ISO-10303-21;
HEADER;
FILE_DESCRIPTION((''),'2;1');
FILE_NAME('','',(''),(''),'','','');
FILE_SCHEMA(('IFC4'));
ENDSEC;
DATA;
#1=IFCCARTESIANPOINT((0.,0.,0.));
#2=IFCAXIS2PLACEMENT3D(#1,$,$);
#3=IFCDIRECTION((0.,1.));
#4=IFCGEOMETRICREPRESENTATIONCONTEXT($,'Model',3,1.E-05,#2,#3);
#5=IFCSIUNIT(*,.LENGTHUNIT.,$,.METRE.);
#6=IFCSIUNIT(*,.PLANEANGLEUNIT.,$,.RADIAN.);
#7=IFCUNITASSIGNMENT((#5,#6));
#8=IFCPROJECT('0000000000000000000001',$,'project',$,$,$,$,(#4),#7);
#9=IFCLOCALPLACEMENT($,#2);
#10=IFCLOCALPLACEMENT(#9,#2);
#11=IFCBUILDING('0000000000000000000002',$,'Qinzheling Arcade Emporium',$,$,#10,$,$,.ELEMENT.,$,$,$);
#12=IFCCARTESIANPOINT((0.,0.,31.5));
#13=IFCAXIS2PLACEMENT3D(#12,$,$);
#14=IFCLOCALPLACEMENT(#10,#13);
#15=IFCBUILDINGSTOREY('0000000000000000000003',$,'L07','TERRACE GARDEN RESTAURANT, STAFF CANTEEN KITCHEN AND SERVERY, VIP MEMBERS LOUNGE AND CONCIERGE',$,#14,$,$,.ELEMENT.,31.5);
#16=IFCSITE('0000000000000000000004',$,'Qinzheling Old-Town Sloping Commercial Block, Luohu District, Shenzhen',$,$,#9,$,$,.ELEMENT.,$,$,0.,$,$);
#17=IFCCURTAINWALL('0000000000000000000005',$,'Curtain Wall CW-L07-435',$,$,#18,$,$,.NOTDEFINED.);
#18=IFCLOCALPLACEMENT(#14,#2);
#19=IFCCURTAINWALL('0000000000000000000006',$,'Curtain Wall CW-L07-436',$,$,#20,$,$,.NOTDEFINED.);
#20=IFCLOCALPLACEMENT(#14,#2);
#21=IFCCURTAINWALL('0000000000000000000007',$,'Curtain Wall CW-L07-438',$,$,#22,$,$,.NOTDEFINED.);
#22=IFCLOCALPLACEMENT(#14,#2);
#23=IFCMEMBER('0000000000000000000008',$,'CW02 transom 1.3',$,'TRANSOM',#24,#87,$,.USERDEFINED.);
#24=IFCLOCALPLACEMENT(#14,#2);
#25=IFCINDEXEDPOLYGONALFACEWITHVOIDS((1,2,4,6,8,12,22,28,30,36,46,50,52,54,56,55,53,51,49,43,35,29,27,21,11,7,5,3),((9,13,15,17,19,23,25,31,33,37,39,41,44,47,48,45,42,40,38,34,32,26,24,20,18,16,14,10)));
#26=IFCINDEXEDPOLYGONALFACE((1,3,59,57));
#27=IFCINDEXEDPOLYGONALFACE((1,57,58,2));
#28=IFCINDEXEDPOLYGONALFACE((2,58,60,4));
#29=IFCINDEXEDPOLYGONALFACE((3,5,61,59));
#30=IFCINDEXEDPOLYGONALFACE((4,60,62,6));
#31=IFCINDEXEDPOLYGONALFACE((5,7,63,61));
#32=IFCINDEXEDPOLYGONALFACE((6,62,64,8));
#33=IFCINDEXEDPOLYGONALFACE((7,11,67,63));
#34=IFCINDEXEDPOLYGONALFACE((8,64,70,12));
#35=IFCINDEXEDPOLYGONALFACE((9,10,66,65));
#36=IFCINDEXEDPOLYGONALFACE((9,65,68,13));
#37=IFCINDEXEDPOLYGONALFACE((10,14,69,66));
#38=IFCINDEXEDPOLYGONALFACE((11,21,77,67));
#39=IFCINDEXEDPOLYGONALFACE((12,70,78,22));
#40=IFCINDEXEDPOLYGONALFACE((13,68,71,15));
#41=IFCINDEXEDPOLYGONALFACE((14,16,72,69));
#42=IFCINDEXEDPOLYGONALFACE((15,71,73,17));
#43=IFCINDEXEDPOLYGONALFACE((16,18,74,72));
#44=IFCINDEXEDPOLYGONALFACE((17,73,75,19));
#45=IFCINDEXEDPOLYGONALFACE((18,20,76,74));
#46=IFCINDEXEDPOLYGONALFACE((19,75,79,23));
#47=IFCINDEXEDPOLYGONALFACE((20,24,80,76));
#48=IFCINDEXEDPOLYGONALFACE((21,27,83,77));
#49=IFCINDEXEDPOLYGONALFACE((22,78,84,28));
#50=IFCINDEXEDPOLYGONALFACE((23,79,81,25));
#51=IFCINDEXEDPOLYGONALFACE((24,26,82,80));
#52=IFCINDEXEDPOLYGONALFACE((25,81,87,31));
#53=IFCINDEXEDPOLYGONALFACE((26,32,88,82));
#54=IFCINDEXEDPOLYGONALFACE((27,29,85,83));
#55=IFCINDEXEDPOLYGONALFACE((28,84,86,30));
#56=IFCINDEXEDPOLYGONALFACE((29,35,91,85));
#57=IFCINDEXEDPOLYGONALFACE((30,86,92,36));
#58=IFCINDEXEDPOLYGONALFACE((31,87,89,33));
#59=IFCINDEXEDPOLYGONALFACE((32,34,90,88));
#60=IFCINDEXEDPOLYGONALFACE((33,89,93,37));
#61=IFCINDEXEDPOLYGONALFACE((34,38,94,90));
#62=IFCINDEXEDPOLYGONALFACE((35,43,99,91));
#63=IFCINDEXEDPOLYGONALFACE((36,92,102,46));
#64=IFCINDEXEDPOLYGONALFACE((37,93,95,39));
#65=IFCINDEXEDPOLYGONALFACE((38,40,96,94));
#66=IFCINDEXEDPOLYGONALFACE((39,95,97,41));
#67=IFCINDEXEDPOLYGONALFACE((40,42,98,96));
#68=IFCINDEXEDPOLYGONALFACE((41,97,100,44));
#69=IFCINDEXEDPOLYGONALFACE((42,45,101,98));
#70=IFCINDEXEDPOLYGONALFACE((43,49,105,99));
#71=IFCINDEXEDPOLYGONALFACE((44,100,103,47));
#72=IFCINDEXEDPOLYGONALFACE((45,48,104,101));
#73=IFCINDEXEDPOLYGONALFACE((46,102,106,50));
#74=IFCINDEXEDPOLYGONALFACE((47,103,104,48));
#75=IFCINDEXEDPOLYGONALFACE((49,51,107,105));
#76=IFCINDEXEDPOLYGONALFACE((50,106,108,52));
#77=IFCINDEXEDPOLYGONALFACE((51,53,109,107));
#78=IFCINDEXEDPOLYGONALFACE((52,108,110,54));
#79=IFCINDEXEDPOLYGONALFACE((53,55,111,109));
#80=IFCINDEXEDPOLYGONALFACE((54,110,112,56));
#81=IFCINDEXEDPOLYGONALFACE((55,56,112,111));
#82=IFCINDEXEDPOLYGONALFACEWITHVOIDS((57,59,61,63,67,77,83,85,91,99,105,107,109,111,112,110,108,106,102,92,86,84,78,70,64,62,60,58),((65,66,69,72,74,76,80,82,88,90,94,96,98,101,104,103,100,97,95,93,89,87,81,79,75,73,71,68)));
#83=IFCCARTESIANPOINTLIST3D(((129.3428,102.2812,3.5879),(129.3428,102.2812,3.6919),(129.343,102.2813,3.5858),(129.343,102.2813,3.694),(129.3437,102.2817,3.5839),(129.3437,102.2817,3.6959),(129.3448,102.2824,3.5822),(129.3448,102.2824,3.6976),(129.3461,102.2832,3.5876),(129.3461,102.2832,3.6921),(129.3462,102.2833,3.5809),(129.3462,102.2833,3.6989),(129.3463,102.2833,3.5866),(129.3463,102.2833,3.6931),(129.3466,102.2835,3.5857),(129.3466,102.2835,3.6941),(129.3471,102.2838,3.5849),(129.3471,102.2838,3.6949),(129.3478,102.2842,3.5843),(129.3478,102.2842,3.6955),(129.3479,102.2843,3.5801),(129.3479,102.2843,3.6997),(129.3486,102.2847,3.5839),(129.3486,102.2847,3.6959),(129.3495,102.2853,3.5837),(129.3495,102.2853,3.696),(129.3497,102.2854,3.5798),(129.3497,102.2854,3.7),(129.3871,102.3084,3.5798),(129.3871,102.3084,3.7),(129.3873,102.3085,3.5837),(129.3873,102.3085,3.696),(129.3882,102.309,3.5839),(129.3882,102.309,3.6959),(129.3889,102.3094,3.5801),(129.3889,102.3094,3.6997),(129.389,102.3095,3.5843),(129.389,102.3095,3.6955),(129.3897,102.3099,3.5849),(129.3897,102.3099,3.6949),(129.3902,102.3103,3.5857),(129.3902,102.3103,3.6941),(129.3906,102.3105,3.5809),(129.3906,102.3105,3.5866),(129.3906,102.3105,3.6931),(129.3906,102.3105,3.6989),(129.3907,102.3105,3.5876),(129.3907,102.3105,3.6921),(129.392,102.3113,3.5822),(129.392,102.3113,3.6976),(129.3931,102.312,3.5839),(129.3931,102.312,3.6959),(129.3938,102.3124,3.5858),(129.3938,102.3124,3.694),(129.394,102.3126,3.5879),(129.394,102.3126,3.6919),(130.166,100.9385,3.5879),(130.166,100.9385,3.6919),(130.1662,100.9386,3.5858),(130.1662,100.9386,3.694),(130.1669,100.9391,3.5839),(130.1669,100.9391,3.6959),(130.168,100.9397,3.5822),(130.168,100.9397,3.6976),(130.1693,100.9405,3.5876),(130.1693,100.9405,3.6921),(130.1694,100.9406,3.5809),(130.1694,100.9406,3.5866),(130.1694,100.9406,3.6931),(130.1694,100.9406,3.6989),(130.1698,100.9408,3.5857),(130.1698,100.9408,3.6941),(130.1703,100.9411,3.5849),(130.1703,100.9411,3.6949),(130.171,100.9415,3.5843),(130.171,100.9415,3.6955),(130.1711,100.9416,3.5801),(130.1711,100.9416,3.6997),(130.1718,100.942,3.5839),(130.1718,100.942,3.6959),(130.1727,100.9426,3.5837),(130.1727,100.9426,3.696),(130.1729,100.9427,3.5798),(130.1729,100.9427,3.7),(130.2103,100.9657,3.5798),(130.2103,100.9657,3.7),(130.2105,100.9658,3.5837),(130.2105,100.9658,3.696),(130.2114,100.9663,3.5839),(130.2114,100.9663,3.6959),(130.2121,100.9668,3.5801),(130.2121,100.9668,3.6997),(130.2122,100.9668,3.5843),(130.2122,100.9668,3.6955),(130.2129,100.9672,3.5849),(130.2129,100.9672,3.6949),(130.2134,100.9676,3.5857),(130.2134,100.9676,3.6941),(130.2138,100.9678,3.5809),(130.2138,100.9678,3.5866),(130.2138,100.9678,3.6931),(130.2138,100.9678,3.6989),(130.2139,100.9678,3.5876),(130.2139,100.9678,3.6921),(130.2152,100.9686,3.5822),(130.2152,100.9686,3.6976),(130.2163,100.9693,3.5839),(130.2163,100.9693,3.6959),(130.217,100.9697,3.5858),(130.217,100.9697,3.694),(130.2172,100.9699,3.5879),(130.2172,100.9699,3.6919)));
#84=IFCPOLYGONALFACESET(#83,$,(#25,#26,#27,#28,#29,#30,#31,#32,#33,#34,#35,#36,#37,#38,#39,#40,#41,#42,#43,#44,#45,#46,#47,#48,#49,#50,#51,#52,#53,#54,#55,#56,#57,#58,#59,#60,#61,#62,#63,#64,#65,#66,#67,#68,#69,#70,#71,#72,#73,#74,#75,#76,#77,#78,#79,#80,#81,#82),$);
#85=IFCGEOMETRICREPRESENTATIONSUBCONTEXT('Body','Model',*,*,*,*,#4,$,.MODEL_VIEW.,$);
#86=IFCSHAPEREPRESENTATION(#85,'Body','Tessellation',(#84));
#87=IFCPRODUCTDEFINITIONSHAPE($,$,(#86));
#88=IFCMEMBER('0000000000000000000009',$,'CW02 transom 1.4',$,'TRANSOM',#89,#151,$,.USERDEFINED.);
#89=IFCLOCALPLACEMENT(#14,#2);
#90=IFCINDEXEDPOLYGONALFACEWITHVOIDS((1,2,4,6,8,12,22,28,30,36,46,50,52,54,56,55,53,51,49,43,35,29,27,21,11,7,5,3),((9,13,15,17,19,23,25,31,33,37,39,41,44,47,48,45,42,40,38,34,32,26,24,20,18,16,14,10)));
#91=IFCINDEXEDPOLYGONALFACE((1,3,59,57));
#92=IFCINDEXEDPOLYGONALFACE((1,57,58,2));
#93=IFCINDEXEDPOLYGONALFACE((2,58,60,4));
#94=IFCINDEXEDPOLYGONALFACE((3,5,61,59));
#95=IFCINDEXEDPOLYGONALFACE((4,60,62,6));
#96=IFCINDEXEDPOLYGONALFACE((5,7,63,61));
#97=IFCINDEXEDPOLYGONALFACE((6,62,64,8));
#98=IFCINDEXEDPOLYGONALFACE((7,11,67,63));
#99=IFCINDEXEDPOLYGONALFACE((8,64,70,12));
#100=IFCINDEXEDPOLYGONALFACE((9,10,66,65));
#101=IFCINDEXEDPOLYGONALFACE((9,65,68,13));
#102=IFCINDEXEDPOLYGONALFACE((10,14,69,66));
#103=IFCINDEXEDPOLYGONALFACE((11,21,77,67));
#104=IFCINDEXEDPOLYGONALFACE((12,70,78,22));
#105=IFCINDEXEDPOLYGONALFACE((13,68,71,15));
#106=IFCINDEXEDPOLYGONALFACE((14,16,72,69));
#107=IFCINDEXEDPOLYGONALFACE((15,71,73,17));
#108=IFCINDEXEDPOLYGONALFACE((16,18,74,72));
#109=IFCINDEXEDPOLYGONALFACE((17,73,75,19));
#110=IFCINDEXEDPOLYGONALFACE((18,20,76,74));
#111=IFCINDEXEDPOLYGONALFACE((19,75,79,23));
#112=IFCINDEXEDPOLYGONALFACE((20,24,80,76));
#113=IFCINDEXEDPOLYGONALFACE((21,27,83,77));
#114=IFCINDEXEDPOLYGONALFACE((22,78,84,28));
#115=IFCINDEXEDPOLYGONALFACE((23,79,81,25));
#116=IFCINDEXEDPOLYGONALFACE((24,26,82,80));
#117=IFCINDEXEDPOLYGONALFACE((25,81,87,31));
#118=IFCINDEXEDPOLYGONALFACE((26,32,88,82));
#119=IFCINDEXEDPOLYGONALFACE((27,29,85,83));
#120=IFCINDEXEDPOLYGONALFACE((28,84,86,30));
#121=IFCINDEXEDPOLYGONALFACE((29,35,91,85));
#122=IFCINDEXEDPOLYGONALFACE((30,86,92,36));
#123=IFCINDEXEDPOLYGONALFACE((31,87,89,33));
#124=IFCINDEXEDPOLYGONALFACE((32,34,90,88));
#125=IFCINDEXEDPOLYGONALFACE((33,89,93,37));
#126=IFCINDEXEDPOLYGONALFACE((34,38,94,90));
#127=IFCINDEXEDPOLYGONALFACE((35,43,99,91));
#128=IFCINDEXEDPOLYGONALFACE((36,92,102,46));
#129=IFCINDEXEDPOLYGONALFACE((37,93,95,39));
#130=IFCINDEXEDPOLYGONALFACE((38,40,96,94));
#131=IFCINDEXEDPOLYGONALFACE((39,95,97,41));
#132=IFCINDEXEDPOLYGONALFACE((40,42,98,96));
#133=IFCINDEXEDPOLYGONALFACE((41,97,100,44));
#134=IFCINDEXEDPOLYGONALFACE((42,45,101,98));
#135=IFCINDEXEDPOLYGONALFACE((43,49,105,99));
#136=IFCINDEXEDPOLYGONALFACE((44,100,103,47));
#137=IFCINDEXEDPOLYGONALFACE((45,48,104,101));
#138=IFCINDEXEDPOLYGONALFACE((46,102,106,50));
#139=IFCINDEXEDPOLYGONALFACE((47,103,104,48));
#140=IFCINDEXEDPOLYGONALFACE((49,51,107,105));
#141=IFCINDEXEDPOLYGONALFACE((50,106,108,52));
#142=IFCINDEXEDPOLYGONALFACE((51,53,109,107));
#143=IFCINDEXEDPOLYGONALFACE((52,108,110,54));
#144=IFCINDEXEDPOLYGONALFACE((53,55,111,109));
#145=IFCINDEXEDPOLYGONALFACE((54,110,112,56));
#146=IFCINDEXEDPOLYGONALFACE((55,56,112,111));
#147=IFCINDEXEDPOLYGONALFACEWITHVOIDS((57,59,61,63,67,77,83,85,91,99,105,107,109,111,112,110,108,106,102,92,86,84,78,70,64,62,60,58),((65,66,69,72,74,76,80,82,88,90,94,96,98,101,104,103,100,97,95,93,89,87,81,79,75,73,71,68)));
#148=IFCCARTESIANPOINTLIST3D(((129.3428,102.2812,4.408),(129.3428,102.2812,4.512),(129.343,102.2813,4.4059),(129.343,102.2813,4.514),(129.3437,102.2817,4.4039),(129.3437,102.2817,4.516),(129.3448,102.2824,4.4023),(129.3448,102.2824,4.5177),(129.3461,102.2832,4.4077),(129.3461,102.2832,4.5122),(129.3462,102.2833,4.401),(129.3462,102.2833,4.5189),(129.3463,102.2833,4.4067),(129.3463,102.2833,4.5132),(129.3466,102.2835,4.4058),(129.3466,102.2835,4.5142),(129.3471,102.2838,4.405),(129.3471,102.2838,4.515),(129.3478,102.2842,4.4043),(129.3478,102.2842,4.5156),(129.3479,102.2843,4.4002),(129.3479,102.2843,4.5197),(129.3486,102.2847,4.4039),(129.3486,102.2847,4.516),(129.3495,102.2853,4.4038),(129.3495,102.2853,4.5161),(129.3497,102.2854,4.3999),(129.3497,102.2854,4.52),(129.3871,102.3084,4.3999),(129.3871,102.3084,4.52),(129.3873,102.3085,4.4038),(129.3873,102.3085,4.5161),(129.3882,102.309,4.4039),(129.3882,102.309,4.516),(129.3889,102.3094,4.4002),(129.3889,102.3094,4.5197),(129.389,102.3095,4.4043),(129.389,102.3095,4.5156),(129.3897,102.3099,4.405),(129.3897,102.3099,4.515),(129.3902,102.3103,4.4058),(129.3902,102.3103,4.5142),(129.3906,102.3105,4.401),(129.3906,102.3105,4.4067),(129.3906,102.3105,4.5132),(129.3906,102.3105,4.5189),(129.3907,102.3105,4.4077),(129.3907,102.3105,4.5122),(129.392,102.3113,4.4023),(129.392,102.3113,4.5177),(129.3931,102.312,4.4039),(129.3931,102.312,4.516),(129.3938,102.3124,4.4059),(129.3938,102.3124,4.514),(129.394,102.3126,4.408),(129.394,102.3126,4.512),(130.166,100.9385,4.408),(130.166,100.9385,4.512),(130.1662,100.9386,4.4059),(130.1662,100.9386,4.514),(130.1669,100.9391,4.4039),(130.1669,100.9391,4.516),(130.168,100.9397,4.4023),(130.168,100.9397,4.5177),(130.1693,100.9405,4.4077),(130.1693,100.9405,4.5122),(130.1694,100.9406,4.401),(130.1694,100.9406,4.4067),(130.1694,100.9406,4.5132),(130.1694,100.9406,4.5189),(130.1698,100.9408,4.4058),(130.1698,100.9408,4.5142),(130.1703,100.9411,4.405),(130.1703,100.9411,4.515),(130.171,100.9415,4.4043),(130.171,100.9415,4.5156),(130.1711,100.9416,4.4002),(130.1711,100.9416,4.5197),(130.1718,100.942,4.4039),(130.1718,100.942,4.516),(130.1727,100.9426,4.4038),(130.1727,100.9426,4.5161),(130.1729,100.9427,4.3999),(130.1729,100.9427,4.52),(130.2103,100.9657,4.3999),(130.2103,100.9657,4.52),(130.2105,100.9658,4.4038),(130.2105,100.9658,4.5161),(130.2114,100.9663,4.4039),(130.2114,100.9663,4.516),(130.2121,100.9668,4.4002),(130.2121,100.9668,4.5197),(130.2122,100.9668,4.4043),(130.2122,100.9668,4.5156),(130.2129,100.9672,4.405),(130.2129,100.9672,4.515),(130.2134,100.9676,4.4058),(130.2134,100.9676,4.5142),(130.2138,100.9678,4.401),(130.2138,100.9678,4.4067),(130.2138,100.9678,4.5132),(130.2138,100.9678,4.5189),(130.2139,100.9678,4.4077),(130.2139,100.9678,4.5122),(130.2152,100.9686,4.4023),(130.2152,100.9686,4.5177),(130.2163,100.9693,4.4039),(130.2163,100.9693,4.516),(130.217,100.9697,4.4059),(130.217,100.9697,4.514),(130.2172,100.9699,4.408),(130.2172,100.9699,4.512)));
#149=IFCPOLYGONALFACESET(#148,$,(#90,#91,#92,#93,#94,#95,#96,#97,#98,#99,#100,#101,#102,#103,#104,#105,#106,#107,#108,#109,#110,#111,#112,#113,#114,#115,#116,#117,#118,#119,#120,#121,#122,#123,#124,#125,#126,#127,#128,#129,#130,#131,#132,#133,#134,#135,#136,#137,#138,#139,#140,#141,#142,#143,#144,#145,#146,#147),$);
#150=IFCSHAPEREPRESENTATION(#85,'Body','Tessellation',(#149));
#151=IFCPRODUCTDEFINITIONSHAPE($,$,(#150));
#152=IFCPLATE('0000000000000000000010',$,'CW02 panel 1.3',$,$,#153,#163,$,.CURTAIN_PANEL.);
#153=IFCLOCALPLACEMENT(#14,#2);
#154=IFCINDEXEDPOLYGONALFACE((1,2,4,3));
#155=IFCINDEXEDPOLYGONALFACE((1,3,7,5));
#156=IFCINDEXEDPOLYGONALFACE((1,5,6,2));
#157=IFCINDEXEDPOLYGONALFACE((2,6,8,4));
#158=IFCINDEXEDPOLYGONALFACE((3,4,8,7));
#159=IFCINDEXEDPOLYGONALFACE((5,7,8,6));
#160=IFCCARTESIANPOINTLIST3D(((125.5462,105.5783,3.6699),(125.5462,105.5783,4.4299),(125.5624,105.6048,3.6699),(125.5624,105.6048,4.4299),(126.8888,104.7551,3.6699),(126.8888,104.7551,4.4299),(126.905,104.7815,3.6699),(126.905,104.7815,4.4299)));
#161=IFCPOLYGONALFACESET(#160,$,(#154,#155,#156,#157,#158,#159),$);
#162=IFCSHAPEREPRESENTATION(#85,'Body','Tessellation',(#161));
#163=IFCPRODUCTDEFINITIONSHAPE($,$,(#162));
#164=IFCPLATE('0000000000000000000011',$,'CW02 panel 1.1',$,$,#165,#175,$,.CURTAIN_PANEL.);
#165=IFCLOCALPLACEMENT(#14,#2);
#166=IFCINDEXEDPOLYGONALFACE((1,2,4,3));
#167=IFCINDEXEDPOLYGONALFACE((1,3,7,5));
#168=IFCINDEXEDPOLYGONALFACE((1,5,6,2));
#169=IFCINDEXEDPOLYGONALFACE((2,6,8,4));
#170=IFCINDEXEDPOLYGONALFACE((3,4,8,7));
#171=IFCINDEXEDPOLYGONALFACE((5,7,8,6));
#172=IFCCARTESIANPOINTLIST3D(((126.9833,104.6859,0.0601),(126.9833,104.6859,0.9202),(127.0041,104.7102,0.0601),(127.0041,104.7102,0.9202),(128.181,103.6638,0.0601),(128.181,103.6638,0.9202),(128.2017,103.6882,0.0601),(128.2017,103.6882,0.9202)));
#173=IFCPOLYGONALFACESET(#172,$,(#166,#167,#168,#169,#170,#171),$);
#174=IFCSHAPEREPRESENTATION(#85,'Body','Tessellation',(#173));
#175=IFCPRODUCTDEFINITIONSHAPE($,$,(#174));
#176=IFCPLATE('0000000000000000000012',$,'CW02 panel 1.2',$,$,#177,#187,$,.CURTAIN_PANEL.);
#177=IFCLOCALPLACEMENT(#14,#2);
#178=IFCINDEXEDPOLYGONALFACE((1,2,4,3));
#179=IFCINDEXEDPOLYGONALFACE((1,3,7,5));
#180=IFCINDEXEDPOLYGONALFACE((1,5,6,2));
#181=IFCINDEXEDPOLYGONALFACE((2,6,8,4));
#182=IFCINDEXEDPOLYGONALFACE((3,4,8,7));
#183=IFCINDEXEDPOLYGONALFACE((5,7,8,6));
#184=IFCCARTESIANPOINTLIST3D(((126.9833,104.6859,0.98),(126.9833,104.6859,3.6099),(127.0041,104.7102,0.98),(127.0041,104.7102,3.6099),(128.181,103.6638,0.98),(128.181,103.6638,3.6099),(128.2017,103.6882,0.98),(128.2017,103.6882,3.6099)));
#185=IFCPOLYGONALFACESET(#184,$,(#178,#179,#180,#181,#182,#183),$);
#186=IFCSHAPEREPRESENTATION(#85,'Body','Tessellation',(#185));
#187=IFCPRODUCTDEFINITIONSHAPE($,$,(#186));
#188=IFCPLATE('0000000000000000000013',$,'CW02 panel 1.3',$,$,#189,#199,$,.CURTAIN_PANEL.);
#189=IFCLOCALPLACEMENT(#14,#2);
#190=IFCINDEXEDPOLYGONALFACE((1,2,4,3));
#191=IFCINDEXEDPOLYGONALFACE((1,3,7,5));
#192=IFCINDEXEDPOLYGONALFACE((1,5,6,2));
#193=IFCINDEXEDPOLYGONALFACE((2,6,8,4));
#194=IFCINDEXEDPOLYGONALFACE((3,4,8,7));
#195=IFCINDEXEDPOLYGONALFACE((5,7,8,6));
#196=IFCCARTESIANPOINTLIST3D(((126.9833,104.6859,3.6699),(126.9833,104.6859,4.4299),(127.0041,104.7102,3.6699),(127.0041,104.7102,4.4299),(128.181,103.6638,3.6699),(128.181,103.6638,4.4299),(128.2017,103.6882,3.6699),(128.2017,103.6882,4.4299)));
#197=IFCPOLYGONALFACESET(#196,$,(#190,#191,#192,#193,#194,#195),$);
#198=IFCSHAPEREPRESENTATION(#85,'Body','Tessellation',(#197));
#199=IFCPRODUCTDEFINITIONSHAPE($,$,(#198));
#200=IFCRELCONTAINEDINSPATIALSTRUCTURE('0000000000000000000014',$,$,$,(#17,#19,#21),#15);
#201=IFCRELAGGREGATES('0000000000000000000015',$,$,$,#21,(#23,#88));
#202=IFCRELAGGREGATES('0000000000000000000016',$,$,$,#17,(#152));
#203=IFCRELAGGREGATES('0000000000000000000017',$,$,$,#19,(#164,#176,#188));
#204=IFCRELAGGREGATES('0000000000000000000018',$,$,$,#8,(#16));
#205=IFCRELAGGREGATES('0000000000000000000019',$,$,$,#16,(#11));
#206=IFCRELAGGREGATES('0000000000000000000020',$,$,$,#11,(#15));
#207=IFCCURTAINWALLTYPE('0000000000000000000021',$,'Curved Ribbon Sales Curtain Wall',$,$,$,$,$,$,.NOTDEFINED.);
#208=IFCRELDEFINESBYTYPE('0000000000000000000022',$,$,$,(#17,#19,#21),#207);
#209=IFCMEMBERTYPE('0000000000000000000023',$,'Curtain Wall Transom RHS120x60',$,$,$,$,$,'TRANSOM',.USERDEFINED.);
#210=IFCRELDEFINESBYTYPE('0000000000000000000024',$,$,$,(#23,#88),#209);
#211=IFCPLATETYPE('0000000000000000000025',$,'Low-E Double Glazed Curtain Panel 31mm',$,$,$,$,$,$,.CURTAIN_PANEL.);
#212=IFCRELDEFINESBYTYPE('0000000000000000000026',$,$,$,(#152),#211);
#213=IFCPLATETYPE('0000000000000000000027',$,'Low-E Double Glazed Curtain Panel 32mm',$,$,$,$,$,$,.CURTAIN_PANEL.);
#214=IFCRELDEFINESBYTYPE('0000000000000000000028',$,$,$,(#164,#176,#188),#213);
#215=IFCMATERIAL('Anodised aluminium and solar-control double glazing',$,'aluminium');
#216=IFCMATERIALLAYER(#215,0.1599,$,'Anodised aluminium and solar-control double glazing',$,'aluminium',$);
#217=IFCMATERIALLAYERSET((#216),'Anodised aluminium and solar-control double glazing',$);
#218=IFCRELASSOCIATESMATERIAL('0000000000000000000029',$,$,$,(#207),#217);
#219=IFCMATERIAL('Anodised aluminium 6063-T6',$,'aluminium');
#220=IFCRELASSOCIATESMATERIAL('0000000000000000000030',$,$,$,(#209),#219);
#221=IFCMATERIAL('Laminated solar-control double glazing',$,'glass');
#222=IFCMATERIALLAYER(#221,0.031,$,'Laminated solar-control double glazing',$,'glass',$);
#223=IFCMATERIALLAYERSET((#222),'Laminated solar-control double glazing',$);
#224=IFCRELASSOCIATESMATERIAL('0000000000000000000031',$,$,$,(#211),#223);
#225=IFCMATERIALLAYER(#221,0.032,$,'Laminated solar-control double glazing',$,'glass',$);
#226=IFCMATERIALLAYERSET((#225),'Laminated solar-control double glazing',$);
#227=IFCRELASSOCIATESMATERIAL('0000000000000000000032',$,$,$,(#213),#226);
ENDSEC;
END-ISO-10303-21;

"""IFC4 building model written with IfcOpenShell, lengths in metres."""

from ifc_helpers import new_model, si_unit, direction, frame, origin, origin_2d, place, context, subcontext, project, spatial, rectangle, hollow_rectangle, extrude, material, layer, layer_set, material_profile, profile_set, type_object, element, aggregate, save


model = new_model("IFC4")

# Units and contexts
model_context = context("Model", 3, precision=1e-05, world=origin(), true_north=direction((0.0, 1.0)))
body_context = subcontext(model_context, "Body", "Model", "MODEL_VIEW")
ifc_project = project(units=[si_unit("LENGTHUNIT", "METRE"), si_unit("PLANEANGLEUNIT", "RADIAN")], contexts=[model_context])

# Site, building, storey
site_placement = place(None, origin())
site = spatial("IfcSite", under=ifc_project, at=site_placement, Name="Qinzheling Old-Town Sloping Commercial Block, Luohu District, Shenzhen", CompositionType="ELEMENT", RefElevation=0.0)
building_placement = place(site_placement, origin())
building = spatial("IfcBuilding", under=site, at=building_placement, Name="Qinzheling Arcade Emporium", CompositionType="ELEMENT")
storey_placement = place(building_placement, frame((0.0, 0.0, 31.5)))
storey = spatial("IfcBuildingStorey", under=building, at=storey_placement, Name="L07", Description="TERRACE GARDEN RESTAURANT, STAFF CANTEEN KITCHEN AND SERVERY, VIP MEMBERS LOUNGE AND CONCIERGE", CompositionType="ELEMENT", Elevation=31.5)

# Curtain wall
ifc_material_1 = material(Name="Anodised aluminium and solar-control double glazing", Category="aluminium")
ifc_layer_1 = layer(ifc_material_1, 0.1599, Name="Anodised aluminium and solar-control double glazing", Category="aluminium")
ifc_layer_set_1 = layer_set([ifc_layer_1], Name="Anodised aluminium and solar-control double glazing")
curtain_wall_type = type_object("IfcCurtainWallType", Name="Curved Ribbon Sales Curtain Wall", PredefinedType="NOTDEFINED", material=ifc_layer_set_1)
curtain_wall_1_placement = place(storey_placement, origin())
curtain_wall_1 = element("IfcCurtainWall", 1, at=curtain_wall_1_placement, inside=storey, type_object=curtain_wall_type, Name="Curtain Wall CW-L07-435", PredefinedType="NOTDEFINED")
ifc_material_2 = material(Name="Anodised aluminium 6063-T6", Category="aluminium")

# Curtain wall
curtain_wall_2_placement = place(storey_placement, origin())
curtain_wall_2 = element("IfcCurtainWall", 2, at=curtain_wall_2_placement, inside=storey, type_object=curtain_wall_type, Name="Curtain Wall CW-L07-436", PredefinedType="NOTDEFINED")

# Curtain wall
curtain_wall_3_placement = place(storey_placement, origin())
curtain_wall_3 = element("IfcCurtainWall", 3, at=curtain_wall_3_placement, inside=storey, type_object=curtain_wall_type, Name="Curtain Wall CW-L07-438", PredefinedType="NOTDEFINED")

# Members
ifc_material_profile_1 = material_profile(ifc_material_2, hollow_rectangle(XDim=0.0601, YDim=0.1201, WallThickness=0.0039, InnerFilletRadius=0.0039, OuterFilletRadius=0.0081, at=origin_2d()), Name="RHS 120x60x4", Category="aluminium")
ifc_profile_set_1 = profile_set([ifc_material_profile_1], Name="Anodised aluminium 6063-T6")
member_type_1 = type_object("IfcMemberType", Name="Curtain Wall Transom RHS120x60", ElementType="TRANSOM", PredefinedType="USERDEFINED", material=ifc_profile_set_1)
member_1_placement = place(storey_placement, frame((129.3684, 102.2969, 3.6399), z_axis=(0.522678, -0.85253, 0.0), x_axis=(0.85253, 0.522678, 0.0)))
member_1 = element("IfcMember", 4, at=member_1_placement, type_object=member_type_1, Name="CW02 transom 1.3", ObjectType="TRANSOM", PredefinedType="USERDEFINED", context=body_context, shape_type="SweptSolid", body=[
    extrude(hollow_rectangle(XDim=0.0601, YDim=0.1201, WallThickness=0.0039, InnerFilletRadius=0.0039, OuterFilletRadius=0.0081, at=origin_2d()), origin(), (0.0, 0.0, 1.0), 1.575),
])
member_2_placement = place(storey_placement, frame((129.3684, 102.2969, 4.46), z_axis=(0.522678, -0.85253, 0.0), x_axis=(0.85253, 0.522678, 0.0)))
member_2 = element("IfcMember", 5, at=member_2_placement, type_object=member_type_1, Name="CW02 transom 1.4", ObjectType="TRANSOM", PredefinedType="USERDEFINED", context=body_context, shape_type="SweptSolid", body=[
    extrude(hollow_rectangle(XDim=0.0601, YDim=0.1201, WallThickness=0.0039, InnerFilletRadius=0.0039, OuterFilletRadius=0.0081, at=origin_2d()), origin(), (0.0, 0.0, 1.0), 1.575),
])
aggregate(curtain_wall_3, [member_1, member_2])

# Plates
ifc_material_3 = material(Name="Laminated solar-control double glazing", Category="glass")
ifc_layer_2 = layer(ifc_material_3, 0.031, Name="Laminated solar-control double glazing", Category="glass")
ifc_layer_set_2 = layer_set([ifc_layer_2], Name="Laminated solar-control double glazing")
plate_type_1 = type_object("IfcPlateType", Name="Low-E Double Glazed Curtain Panel 31mm", PredefinedType="CURTAIN_PANEL", material=ifc_layer_set_2)
plate_1_placement = place(storey_placement, frame((126.2256, 105.1799, 3.6699), z_axis=(0.0, 0.0, 1.0), x_axis=(0.852508, -0.522714, 0.0)))
plate_1 = element("IfcPlate", 6, at=plate_1_placement, type_object=plate_type_1, Name="CW02 panel 1.3", PredefinedType="CURTAIN_PANEL", context=body_context, shape_type="SweptSolid", body=[
    extrude(rectangle(XDim=1.575, YDim=0.031, at=origin_2d()), origin(), (0.0, 0.0, 1.0), 0.76),
])
aggregate(curtain_wall_1, [plate_1])
ifc_layer_3 = layer(ifc_material_3, 0.032, Name="Laminated solar-control double glazing", Category="glass")
ifc_layer_set_3 = layer_set([ifc_layer_3], Name="Laminated solar-control double glazing")
plate_type_2 = type_object("IfcPlateType", Name="Low-E Double Glazed Curtain Panel 32mm", PredefinedType="CURTAIN_PANEL", material=ifc_layer_set_3)
plate_2_placement = place(storey_placement, frame((127.5925, 104.187, 0.0601), z_axis=(0.0, 0.0, 1.0), x_axis=(0.760671, -0.649137, 0.0)))
plate_2 = element("IfcPlate", 7, at=plate_2_placement, type_object=plate_type_2, Name="CW02 panel 1.1", PredefinedType="CURTAIN_PANEL", context=body_context, shape_type="SweptSolid", body=[
    extrude(rectangle(XDim=1.5745, YDim=0.032, at=origin_2d()), origin(), (0.0, 0.0, 1.0), 0.8601),
])
plate_3_placement = place(storey_placement, frame((127.5925, 104.187, 0.98), z_axis=(0.0, 0.0, 1.0), x_axis=(0.760671, -0.649137, 0.0)))
plate_3 = element("IfcPlate", 8, at=plate_3_placement, type_object=plate_type_2, Name="CW02 panel 1.2", PredefinedType="CURTAIN_PANEL", context=body_context, shape_type="SweptSolid", body=[
    extrude(rectangle(XDim=1.5745, YDim=0.032, at=origin_2d()), origin(), (0.0, 0.0, 1.0), 2.6299),
])
plate_4_placement = place(storey_placement, frame((127.5925, 104.187, 3.6699), z_axis=(0.0, 0.0, 1.0), x_axis=(0.760671, -0.649137, 0.0)))
plate_4 = element("IfcPlate", 9, at=plate_4_placement, type_object=plate_type_2, Name="CW02 panel 1.3", PredefinedType="CURTAIN_PANEL", context=body_context, shape_type="SweptSolid", body=[
    extrude(rectangle(XDim=1.5745, YDim=0.032, at=origin_2d()), origin(), (0.0, 0.0, 1.0), 0.76),
])
aggregate(curtain_wall_2, [plate_2, plate_3, plate_4])

save(model, "model.ifc")
